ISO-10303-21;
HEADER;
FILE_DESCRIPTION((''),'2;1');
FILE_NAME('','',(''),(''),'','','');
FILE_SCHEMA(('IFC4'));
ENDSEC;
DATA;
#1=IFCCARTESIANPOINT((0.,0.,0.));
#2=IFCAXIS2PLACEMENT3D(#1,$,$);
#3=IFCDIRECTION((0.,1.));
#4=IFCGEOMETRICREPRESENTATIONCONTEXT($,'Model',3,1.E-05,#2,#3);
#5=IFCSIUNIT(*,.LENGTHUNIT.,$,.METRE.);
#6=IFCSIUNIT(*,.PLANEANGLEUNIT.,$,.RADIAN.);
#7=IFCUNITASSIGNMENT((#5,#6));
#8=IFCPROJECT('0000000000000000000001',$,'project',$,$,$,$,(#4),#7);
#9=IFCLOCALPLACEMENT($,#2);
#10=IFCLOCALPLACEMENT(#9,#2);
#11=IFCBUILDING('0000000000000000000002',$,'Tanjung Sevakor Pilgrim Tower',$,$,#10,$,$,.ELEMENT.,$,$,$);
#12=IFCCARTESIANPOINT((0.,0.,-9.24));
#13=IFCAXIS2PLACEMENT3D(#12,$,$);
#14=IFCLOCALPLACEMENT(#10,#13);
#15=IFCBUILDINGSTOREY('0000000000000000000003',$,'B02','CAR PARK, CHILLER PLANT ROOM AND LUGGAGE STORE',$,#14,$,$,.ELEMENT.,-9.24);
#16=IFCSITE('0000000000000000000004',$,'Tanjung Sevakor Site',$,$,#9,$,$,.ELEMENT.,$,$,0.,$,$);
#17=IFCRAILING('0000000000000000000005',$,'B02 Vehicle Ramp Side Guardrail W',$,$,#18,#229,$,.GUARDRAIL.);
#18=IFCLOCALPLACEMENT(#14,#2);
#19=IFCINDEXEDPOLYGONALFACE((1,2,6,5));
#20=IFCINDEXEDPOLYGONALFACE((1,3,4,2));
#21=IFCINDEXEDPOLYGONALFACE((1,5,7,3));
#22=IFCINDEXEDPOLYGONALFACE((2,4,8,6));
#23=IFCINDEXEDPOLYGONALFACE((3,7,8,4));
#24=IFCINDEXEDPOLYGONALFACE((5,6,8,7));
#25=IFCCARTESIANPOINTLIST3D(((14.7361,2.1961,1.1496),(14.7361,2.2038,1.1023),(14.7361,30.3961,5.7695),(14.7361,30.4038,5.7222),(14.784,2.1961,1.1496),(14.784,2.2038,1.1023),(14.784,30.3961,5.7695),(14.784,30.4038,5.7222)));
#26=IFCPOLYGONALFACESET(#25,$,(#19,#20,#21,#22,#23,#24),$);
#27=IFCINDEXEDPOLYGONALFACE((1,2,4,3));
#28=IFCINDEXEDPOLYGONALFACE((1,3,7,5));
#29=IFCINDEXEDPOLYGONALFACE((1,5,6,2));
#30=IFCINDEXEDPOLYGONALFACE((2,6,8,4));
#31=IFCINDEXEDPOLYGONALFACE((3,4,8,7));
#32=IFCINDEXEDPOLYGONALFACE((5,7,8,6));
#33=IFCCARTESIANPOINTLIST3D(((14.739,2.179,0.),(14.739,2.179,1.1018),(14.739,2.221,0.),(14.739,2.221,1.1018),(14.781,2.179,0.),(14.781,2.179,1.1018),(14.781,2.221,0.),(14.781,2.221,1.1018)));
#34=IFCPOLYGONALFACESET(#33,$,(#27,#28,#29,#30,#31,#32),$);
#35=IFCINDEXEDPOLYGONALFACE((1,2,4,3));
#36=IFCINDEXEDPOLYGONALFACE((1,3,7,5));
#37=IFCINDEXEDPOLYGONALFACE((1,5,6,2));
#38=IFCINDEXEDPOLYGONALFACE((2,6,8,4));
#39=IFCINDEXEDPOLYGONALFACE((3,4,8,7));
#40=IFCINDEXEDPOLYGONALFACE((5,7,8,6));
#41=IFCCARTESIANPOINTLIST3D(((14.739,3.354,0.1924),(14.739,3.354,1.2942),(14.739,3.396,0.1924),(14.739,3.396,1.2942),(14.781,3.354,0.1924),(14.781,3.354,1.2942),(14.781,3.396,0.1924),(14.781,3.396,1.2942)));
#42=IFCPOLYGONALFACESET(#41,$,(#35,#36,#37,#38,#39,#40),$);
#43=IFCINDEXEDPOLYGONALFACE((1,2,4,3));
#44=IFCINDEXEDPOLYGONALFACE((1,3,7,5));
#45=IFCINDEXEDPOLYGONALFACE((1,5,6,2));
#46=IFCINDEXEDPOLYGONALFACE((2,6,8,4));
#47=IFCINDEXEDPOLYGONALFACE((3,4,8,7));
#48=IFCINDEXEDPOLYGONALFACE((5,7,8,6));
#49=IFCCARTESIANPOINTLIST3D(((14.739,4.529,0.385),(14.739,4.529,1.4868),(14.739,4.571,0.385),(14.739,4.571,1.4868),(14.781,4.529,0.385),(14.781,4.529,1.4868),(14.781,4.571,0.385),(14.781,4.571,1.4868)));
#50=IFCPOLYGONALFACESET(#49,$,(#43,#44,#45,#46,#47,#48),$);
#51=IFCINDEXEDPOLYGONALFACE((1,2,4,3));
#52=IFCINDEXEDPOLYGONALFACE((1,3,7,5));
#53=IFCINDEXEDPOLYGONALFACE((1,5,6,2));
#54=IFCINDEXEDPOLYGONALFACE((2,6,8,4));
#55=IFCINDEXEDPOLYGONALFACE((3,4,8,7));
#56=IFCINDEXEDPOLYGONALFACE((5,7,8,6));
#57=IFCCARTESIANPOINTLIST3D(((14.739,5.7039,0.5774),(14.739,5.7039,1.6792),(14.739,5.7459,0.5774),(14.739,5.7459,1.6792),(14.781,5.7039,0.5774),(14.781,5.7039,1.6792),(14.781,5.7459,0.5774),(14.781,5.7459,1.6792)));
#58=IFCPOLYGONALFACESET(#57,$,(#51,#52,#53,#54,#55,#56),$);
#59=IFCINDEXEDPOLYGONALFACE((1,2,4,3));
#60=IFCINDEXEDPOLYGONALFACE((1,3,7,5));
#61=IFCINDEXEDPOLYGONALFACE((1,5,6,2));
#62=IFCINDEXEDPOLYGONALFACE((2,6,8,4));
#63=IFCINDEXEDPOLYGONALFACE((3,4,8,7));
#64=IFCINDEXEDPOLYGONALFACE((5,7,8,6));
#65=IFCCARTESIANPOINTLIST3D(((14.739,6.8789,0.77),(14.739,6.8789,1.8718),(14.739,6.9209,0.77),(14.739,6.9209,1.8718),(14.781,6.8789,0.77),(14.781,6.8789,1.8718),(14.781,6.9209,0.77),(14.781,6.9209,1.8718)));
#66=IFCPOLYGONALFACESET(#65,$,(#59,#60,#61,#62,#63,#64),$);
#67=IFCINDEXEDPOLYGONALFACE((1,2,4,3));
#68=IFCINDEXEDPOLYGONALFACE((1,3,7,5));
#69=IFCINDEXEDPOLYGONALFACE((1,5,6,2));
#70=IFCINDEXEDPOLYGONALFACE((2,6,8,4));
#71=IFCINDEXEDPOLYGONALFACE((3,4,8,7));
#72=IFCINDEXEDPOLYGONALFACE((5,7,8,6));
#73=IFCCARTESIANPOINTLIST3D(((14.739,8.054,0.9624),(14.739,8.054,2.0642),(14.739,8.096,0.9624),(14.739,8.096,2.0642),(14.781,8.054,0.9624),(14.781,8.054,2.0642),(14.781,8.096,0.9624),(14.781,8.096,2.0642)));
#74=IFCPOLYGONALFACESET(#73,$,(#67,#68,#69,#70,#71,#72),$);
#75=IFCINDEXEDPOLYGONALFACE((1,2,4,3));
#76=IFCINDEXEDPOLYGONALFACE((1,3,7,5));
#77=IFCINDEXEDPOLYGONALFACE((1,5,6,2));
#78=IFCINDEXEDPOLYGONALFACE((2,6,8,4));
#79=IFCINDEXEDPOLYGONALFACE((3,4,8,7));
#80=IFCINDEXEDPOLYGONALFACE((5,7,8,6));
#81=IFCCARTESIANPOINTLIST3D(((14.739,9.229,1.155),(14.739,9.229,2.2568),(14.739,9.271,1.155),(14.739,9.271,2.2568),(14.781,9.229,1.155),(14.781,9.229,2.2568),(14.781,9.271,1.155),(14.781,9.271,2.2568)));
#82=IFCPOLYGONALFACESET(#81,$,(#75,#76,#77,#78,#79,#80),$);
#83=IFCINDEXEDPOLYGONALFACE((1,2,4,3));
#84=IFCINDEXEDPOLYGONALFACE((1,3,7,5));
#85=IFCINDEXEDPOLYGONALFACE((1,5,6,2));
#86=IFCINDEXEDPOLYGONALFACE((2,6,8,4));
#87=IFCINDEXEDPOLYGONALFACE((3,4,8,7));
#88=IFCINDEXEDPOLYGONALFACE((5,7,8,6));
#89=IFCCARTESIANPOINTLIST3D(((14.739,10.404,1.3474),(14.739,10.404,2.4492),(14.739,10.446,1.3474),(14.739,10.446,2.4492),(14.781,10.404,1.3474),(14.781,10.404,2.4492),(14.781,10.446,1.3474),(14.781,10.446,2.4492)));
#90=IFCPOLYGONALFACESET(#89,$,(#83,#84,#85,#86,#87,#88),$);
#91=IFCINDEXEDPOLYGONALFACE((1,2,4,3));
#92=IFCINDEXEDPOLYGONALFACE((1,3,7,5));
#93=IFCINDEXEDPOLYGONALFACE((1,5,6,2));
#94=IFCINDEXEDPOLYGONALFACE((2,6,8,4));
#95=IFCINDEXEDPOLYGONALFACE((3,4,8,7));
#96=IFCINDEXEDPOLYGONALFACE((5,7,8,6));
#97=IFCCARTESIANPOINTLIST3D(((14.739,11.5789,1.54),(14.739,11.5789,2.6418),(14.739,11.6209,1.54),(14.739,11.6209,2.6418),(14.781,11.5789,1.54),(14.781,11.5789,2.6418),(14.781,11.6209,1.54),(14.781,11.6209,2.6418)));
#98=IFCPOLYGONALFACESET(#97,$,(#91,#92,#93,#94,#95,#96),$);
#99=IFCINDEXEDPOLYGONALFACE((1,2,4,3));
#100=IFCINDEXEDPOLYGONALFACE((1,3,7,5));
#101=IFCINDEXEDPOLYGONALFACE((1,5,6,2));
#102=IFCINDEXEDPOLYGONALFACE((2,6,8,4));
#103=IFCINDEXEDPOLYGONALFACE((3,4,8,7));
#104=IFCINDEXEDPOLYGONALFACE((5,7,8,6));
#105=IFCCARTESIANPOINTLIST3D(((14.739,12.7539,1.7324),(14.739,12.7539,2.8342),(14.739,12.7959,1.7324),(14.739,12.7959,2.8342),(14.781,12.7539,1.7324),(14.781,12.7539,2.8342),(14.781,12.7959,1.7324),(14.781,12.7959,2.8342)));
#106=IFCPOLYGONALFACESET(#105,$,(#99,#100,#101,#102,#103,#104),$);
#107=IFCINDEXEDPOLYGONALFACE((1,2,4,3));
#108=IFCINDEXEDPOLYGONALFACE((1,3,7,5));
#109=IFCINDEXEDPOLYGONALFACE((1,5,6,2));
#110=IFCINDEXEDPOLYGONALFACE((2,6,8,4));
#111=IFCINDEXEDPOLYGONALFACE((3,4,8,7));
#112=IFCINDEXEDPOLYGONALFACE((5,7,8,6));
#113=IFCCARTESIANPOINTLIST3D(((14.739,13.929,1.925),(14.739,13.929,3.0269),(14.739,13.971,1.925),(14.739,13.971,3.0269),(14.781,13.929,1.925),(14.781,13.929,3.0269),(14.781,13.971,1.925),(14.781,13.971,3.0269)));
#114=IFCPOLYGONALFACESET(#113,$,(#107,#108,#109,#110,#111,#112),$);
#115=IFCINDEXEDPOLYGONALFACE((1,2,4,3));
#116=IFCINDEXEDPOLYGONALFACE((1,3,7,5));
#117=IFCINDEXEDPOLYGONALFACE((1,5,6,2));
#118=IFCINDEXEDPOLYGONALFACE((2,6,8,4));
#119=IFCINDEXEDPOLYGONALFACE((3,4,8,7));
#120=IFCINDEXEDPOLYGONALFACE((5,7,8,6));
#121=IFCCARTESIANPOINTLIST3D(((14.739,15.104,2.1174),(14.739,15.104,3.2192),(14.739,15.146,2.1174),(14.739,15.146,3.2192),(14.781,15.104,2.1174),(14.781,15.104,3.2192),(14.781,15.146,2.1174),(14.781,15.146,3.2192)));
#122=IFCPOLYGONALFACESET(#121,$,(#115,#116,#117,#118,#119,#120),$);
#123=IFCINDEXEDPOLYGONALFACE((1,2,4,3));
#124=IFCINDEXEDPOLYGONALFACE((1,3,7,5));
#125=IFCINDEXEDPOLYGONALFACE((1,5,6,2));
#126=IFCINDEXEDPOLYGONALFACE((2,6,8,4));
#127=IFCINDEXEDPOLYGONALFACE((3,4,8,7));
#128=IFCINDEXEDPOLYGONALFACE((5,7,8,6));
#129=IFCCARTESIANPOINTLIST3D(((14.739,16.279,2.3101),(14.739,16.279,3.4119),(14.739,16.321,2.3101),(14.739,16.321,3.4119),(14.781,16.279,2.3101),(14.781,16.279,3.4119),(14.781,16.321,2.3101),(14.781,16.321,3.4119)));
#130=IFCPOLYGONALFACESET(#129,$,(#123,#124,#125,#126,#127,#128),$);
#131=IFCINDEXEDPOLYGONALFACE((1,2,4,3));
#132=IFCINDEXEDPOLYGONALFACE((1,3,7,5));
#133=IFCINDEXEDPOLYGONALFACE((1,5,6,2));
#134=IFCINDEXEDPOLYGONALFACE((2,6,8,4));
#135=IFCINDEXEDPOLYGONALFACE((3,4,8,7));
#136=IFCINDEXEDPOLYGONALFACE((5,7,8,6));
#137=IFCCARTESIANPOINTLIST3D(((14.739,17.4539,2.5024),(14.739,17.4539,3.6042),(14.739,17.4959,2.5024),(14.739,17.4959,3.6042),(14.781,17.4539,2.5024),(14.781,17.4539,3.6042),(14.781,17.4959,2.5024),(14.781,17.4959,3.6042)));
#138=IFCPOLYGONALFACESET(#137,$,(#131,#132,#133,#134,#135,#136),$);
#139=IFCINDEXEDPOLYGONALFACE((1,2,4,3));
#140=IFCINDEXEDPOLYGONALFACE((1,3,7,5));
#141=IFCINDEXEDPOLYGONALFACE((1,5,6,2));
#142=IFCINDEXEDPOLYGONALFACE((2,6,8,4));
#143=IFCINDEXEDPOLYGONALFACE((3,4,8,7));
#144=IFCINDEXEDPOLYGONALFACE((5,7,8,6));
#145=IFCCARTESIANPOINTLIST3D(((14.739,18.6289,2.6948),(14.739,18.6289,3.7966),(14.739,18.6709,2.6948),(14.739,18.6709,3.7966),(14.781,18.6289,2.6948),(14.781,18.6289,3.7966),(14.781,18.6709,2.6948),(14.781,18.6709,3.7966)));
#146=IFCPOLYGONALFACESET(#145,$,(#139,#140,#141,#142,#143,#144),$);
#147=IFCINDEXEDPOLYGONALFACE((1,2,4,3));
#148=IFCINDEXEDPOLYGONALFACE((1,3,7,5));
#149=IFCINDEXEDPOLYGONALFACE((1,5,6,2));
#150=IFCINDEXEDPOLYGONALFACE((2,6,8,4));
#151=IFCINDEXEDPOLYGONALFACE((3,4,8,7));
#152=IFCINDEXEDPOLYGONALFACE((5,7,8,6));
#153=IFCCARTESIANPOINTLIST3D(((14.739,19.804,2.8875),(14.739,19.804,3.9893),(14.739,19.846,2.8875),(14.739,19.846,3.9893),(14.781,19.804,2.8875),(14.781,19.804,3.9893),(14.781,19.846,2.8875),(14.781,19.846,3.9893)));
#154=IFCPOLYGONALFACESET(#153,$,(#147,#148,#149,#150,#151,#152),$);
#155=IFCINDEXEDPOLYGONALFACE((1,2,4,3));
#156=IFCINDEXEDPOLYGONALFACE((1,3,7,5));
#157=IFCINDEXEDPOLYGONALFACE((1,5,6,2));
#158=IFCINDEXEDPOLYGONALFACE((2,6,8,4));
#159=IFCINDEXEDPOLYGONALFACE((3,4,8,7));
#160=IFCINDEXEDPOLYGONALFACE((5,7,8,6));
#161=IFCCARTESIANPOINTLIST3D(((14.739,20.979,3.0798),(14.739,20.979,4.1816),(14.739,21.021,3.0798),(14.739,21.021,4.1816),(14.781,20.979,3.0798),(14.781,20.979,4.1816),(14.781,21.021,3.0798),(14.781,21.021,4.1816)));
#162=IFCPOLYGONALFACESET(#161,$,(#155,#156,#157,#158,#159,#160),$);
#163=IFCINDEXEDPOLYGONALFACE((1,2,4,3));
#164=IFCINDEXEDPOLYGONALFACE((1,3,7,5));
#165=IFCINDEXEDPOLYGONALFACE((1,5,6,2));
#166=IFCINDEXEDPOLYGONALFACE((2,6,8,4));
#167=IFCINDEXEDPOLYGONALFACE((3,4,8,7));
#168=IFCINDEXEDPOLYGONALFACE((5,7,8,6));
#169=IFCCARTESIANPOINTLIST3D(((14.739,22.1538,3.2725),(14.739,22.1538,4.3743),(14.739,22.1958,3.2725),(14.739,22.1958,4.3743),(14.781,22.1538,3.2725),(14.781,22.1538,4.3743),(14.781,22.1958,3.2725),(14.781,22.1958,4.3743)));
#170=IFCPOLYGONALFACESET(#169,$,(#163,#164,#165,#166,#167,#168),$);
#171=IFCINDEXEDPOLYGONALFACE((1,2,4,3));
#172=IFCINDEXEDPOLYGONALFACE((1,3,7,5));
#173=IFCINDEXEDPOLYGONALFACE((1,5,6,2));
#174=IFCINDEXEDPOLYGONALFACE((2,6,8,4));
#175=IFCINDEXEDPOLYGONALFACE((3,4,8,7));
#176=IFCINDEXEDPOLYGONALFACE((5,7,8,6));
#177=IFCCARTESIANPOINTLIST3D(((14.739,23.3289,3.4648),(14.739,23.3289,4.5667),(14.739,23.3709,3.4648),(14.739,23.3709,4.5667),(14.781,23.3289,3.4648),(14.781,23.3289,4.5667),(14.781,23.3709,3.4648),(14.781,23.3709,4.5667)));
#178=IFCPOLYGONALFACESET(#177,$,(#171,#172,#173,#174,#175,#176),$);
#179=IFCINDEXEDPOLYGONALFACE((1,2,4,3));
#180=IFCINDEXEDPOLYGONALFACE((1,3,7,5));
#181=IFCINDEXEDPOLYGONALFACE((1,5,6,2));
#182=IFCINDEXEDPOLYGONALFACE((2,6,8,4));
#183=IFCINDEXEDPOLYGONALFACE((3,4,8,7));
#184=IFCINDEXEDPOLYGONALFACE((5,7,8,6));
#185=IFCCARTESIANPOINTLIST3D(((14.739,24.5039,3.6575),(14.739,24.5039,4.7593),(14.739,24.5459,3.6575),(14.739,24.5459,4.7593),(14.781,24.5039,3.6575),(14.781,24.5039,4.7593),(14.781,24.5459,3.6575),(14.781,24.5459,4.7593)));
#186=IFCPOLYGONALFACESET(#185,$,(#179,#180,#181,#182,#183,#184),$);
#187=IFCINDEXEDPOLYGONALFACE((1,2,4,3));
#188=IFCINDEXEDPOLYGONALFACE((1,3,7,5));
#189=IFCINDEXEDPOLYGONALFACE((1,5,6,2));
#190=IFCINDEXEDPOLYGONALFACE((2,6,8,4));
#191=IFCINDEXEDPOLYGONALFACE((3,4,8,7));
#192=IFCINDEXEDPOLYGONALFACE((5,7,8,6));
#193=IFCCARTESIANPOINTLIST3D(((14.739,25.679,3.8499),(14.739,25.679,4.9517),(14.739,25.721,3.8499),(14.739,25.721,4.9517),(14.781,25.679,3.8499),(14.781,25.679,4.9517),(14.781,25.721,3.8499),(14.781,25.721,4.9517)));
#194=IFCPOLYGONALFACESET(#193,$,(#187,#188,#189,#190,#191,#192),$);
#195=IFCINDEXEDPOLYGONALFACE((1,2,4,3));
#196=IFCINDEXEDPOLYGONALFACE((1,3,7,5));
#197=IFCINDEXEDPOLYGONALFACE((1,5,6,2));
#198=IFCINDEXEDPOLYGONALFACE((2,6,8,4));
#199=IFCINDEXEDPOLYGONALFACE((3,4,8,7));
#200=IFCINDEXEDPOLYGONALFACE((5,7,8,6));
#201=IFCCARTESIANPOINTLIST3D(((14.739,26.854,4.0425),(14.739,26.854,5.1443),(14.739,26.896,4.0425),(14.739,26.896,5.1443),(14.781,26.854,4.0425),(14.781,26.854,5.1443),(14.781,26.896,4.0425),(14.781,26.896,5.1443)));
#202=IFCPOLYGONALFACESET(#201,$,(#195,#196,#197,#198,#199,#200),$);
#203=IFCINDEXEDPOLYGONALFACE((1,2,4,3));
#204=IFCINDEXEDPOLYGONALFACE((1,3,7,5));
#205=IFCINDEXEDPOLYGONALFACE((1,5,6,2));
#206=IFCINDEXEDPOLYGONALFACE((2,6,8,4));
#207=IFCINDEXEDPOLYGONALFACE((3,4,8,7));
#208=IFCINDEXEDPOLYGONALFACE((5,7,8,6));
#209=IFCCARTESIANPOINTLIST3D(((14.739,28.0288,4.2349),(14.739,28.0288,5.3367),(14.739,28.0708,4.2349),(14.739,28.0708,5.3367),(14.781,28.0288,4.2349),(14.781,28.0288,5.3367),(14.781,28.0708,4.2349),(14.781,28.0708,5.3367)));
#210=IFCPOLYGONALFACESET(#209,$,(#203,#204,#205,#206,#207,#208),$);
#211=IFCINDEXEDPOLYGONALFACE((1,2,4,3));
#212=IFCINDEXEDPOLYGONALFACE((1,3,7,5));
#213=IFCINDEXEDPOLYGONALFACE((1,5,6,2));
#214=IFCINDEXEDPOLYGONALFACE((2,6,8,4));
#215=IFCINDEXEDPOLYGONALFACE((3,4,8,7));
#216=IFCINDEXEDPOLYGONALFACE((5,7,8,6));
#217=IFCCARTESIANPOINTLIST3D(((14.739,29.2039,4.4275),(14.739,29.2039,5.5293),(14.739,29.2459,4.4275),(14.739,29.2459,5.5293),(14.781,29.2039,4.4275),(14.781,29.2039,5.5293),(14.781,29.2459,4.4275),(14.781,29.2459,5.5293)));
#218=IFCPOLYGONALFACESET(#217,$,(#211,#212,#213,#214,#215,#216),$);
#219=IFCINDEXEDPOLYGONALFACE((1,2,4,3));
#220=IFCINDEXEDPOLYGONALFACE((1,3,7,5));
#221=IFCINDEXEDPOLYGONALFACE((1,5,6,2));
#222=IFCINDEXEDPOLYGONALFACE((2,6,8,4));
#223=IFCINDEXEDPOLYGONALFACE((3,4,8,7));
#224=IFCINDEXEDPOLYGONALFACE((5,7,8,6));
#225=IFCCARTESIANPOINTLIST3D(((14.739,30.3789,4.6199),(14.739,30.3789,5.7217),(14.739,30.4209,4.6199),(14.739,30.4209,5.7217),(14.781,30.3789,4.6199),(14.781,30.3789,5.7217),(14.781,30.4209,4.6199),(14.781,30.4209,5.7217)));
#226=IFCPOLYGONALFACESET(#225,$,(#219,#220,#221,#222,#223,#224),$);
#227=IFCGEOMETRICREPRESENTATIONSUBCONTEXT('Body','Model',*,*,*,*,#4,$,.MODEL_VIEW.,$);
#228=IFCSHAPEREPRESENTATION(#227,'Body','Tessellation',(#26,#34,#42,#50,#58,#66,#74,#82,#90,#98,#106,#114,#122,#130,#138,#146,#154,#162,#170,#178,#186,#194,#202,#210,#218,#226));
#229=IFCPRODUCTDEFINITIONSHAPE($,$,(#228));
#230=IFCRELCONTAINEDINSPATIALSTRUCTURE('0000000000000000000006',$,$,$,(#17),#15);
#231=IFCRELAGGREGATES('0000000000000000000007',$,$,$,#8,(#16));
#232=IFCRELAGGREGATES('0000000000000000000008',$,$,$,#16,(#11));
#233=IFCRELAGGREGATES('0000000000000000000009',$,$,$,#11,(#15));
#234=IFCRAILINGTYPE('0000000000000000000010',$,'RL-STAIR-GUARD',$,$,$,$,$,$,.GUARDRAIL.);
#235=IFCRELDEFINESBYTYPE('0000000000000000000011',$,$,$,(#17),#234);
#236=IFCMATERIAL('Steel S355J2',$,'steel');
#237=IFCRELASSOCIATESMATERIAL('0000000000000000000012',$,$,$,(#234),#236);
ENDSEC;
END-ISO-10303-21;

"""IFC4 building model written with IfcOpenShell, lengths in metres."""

from ifc_helpers import new_model, si_unit, direction, frame, origin, place, context, subcontext, project, spatial, rectangle, extrude, material, type_object, element, save


model = new_model("IFC4")

# Units and contexts
model_context = context("Model", 3, precision=1e-05, world=origin(), true_north=direction((0.0, 1.0)))
body_context = subcontext(model_context, "Body", "Model", "MODEL_VIEW")
ifc_project = project(units=[si_unit("LENGTHUNIT", "METRE"), si_unit("PLANEANGLEUNIT", "RADIAN")], contexts=[model_context])

# Site, building, storey
site_placement = place(None, origin())
site = spatial("IfcSite", under=ifc_project, at=site_placement, Name="Tanjung Sevakor Site", CompositionType="ELEMENT", RefElevation=0.0)
building_placement = place(site_placement, origin())
building = spatial("IfcBuilding", under=site, at=building_placement, Name="Tanjung Sevakor Pilgrim Tower", CompositionType="ELEMENT")
storey_placement = place(building_placement, frame((0.0, 0.0, -9.24)))
storey = spatial("IfcBuildingStorey", under=building, at=storey_placement, Name="B02", Description="CAR PARK, CHILLER PLANT ROOM AND LUGGAGE STORE", CompositionType="ELEMENT", Elevation=-9.24)

# Railing
ifc_material_1 = material(Name="Steel S355J2", Category="steel")
railing_type_1 = type_object("IfcRailingType", Name="RL-STAIR-GUARD", PredefinedType="GUARDRAIL", material=ifc_material_1)
railing_1_placement = place(storey_placement, frame((14.76, 2.2, 0.0)))
element("IfcRailing", 1, at=railing_1_placement, inside=storey, type_object=railing_type_1, Name="B02 Vehicle Ramp Side Guardrail W", PredefinedType="GUARDRAIL", context=body_context, shape_type="SweptSolid", body=[
    extrude(rectangle(XDim=0.0479, YDim=0.0479), frame((0.0, 0.0, 1.126), z_axis=(0.0, 0.986845, 0.16167), x_axis=(-1.0, 0.0, 0.0)), (0.0, 0.0, 1.0), 28.5759),
    extrude(rectangle(XDim=0.042, YDim=0.042), origin(), (0.0, 0.0, 1.0), 1.1018),
    extrude(rectangle(XDim=0.042, YDim=0.042), frame((0.0, 1.175, 0.1924)), (0.0, 0.0, 1.0), 1.1018),
    extrude(rectangle(XDim=0.042, YDim=0.042), frame((0.0, 2.3501, 0.385)), (0.0, 0.0, 1.0), 1.1018),
    extrude(rectangle(XDim=0.042, YDim=0.042), frame((0.0, 3.5249, 0.5774)), (0.0, 0.0, 1.0), 1.1018),
    extrude(rectangle(XDim=0.042, YDim=0.042), frame((0.0, 4.7, 0.77)), (0.0, 0.0, 1.0), 1.1018),
    extrude(rectangle(XDim=0.042, YDim=0.042), frame((0.0, 5.875, 0.9624)), (0.0, 0.0, 1.0), 1.1018),
    extrude(rectangle(XDim=0.042, YDim=0.042), frame((0.0, 7.05, 1.155)), (0.0, 0.0, 1.0), 1.1018),
    extrude(rectangle(XDim=0.042, YDim=0.042), frame((0.0, 8.2251, 1.3474)), (0.0, 0.0, 1.0), 1.1018),
    extrude(rectangle(XDim=0.042, YDim=0.042), frame((0.0, 9.3999, 1.54)), (0.0, 0.0, 1.0), 1.1018),
    extrude(rectangle(XDim=0.042, YDim=0.042), frame((0.0, 10.575, 1.7324)), (0.0, 0.0, 1.0), 1.1018),
    extrude(rectangle(XDim=0.042, YDim=0.042), frame((0.0, 11.75, 1.925)), (0.0, 0.0, 1.0), 1.1018),
    extrude(rectangle(XDim=0.042, YDim=0.042), frame((0.0, 12.925, 2.1174)), (0.0, 0.0, 1.0), 1.1018),
    extrude(rectangle(XDim=0.042, YDim=0.042), frame((0.0, 14.1001, 2.3101)), (0.0, 0.0, 1.0), 1.1018),
    extrude(rectangle(XDim=0.042, YDim=0.042), frame((0.0, 15.2749, 2.5024)), (0.0, 0.0, 1.0), 1.1018),
    extrude(rectangle(XDim=0.042, YDim=0.042), frame((0.0, 16.45, 2.6948)), (0.0, 0.0, 1.0), 1.1018),
    extrude(rectangle(XDim=0.042, YDim=0.042), frame((0.0, 17.625, 2.8875)), (0.0, 0.0, 1.0), 1.1018),
    extrude(rectangle(XDim=0.042, YDim=0.042), frame((0.0, 18.8, 3.0798)), (0.0, 0.0, 1.0), 1.1018),
    extrude(rectangle(XDim=0.042, YDim=0.042), frame((0.0, 19.9749, 3.2725)), (0.0, 0.0, 1.0), 1.1018),
    extrude(rectangle(XDim=0.042, YDim=0.042), frame((0.0, 21.1499, 3.4648)), (0.0, 0.0, 1.0), 1.1018),
    extrude(rectangle(XDim=0.042, YDim=0.042), frame((0.0, 22.325, 3.6575)), (0.0, 0.0, 1.0), 1.1018),
    extrude(rectangle(XDim=0.042, YDim=0.042), frame((0.0, 23.5, 3.8499)), (0.0, 0.0, 1.0), 1.1018),
    extrude(rectangle(XDim=0.042, YDim=0.042), frame((0.0, 24.675, 4.0425)), (0.0, 0.0, 1.0), 1.1018),
    extrude(rectangle(XDim=0.042, YDim=0.042), frame((0.0, 25.8499, 4.2349)), (0.0, 0.0, 1.0), 1.1018),
    extrude(rectangle(XDim=0.042, YDim=0.042), frame((0.0, 27.0249, 4.4275)), (0.0, 0.0, 1.0), 1.1018),
    extrude(rectangle(XDim=0.042, YDim=0.042), frame((0.0, 28.2, 4.6199)), (0.0, 0.0, 1.0), 1.1018),
])

save(model, "model.ifc")
